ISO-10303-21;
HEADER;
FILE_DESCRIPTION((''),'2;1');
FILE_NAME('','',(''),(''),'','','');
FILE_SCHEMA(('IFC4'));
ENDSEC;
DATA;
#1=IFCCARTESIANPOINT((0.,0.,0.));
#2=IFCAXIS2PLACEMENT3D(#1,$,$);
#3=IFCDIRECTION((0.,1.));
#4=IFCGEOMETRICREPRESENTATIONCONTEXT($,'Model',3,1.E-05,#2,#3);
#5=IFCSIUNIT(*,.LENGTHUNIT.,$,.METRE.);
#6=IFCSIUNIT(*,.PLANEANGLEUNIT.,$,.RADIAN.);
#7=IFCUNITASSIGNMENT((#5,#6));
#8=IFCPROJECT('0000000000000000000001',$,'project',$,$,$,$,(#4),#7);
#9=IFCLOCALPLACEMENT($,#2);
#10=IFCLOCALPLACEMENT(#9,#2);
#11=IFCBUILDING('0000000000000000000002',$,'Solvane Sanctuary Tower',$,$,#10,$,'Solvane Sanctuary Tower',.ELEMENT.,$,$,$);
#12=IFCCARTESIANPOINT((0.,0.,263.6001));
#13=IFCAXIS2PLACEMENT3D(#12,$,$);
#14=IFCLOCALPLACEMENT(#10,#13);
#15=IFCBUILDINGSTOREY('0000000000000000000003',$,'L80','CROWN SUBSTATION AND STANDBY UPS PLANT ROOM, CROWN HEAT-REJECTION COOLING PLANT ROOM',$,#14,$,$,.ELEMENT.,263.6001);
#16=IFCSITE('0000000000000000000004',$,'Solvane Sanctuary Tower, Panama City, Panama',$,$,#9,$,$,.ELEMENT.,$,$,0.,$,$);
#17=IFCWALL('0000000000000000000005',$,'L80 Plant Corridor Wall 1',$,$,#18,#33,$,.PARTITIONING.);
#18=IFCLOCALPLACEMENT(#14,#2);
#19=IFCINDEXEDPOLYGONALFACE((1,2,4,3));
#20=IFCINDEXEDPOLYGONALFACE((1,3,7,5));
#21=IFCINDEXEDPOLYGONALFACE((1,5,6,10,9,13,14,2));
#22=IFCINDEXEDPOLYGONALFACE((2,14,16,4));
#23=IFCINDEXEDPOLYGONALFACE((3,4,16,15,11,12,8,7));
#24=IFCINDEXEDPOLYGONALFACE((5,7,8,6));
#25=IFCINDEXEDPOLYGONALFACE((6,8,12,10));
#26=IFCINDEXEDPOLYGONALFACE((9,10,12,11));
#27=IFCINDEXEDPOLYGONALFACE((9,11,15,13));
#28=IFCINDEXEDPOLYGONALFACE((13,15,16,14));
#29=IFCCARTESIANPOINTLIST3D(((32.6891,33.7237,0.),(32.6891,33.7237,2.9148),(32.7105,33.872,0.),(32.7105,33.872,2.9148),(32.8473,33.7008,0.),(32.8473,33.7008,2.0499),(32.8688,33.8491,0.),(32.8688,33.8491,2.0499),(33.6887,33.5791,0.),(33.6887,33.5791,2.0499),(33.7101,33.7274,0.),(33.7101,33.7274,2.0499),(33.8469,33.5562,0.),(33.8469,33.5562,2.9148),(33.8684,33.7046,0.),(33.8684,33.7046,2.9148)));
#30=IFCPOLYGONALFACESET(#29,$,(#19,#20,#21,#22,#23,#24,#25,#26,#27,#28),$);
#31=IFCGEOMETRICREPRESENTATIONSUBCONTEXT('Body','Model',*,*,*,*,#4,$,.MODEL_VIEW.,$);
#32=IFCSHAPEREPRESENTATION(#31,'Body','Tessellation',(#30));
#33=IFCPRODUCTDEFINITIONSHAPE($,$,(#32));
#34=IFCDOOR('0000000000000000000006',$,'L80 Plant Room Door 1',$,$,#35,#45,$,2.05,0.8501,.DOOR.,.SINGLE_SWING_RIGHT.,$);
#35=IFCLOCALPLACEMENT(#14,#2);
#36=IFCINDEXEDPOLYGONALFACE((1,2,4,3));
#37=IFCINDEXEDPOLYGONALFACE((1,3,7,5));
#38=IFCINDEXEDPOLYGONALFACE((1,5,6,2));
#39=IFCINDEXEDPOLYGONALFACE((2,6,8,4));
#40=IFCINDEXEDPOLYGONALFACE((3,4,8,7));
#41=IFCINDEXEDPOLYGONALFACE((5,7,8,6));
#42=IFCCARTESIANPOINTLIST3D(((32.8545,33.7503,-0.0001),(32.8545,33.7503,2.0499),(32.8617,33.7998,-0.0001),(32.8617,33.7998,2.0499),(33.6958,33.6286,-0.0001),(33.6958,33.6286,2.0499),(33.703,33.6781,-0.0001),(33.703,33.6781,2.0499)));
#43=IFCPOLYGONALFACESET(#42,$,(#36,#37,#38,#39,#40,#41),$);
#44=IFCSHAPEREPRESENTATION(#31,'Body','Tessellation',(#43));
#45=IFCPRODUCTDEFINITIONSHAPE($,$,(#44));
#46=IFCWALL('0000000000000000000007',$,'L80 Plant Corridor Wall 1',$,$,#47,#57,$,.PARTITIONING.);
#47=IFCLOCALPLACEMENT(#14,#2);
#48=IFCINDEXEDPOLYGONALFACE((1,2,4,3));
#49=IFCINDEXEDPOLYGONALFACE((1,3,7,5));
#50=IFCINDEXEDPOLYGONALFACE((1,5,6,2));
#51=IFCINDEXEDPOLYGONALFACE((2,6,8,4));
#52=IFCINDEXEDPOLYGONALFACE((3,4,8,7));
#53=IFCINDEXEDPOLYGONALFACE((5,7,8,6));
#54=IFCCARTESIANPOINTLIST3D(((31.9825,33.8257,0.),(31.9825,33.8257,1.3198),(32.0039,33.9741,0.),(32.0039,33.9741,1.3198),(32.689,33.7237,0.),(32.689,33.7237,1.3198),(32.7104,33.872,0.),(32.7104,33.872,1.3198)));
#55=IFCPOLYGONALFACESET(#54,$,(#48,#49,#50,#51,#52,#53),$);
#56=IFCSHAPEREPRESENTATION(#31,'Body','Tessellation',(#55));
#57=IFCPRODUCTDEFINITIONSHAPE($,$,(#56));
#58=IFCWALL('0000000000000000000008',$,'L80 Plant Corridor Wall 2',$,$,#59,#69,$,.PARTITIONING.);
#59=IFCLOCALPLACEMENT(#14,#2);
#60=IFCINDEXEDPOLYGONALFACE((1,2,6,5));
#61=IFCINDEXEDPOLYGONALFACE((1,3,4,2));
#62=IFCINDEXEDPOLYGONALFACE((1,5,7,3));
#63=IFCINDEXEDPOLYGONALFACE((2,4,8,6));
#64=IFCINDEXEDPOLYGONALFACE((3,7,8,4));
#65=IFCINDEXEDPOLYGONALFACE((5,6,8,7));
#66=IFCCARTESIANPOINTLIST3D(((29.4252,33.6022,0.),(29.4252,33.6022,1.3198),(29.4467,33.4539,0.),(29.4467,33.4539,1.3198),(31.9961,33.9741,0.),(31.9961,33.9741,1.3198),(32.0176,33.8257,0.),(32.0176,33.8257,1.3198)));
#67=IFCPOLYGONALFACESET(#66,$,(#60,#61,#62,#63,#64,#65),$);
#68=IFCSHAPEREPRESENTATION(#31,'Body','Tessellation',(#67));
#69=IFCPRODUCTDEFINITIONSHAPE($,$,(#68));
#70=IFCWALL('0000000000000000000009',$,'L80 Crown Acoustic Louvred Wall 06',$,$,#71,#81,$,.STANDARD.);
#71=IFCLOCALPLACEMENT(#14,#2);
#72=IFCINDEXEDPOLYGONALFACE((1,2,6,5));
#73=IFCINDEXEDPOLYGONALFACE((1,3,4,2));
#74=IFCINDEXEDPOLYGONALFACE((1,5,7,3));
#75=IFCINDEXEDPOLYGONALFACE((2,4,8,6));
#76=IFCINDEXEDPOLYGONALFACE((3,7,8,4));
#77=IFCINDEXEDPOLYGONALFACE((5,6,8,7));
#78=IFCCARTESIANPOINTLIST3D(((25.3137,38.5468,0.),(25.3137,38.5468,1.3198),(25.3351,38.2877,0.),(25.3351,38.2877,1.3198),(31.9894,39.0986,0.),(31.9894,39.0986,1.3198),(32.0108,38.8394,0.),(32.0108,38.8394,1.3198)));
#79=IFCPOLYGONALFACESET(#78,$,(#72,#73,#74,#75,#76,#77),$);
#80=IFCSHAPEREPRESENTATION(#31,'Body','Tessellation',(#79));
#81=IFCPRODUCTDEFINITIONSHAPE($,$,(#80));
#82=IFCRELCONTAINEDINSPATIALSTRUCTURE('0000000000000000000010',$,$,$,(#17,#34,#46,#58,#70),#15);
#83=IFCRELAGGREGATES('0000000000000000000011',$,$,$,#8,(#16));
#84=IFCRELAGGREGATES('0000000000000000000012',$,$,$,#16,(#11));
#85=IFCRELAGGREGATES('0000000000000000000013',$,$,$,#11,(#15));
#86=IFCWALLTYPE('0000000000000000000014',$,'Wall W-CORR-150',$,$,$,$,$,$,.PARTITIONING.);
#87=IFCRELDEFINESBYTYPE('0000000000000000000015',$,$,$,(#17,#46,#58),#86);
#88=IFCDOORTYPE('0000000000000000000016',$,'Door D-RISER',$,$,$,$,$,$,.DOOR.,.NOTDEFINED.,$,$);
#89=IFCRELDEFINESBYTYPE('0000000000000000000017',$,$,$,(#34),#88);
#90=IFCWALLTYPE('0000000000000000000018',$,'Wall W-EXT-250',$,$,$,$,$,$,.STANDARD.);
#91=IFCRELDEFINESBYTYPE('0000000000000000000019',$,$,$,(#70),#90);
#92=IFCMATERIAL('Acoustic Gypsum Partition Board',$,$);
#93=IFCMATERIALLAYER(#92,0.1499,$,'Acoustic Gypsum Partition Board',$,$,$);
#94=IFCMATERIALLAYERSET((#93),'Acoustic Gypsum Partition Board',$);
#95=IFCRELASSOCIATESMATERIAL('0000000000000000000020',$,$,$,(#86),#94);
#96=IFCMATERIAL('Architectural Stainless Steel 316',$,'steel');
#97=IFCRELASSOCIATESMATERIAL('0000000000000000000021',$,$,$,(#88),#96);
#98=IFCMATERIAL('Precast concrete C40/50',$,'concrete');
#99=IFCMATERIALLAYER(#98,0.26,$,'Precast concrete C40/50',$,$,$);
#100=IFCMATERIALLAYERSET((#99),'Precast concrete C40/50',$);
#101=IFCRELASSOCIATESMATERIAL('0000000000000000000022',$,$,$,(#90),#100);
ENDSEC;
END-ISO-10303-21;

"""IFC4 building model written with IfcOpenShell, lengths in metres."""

from ifc_helpers import new_model, si_unit, direction, frame, frame_2d, origin, place, context, subcontext, project, spatial, rectangle, extrude, material, layer, layer_set, type_object, element, fill, save


model = new_model("IFC4")

# Units and contexts
model_context = context("Model", 3, precision=1e-05, world=origin(), true_north=direction((0.0, 1.0)))
body_context = subcontext(model_context, "Body", "Model", "MODEL_VIEW")
ifc_project = project(units=[si_unit("LENGTHUNIT", "METRE"), si_unit("PLANEANGLEUNIT", "RADIAN")], contexts=[model_context])

# Site, building, storey
site_placement = place(None, origin())
site = spatial("IfcSite", under=ifc_project, at=site_placement, Name="Solvane Sanctuary Tower, Panama City, Panama", CompositionType="ELEMENT", RefElevation=0.0)
building_placement = place(site_placement, origin())
building = spatial("IfcBuilding", under=site, at=building_placement, Name="Solvane Sanctuary Tower", LongName="Solvane Sanctuary Tower", CompositionType="ELEMENT")
storey_placement = place(building_placement, frame((0.0, 0.0, 263.6001)))
storey = spatial("IfcBuildingStorey", under=building, at=storey_placement, Name="L80", Description="CROWN SUBSTATION AND STANDBY UPS PLANT ROOM, CROWN HEAT-REJECTION COOLING PLANT ROOM", CompositionType="ELEMENT", Elevation=263.6001)

# Shared definitions
ifc_material_1 = material(Name="Acoustic Gypsum Partition Board")
ifc_layer_1 = layer(ifc_material_1, 0.1499, Name="Acoustic Gypsum Partition Board")
ifc_layer_set_1 = layer_set([ifc_layer_1], Name="Acoustic Gypsum Partition Board")
wall_type_1 = type_object("IfcWallType", Name="Wall W-CORR-150", PredefinedType="PARTITIONING", material=ifc_layer_set_1)

# Wall, opening, door
wall_1_placement = place(storey_placement, frame((33.8577, 33.6304, 0.0), z_axis=(0.0, 0.0, 1.0), x_axis=(-0.989702, 0.143145, 0.0)))
wall_1 = element("IfcWall", 1, at=wall_1_placement, inside=storey, type_object=wall_type_1, Name="L80 Plant Corridor Wall 1", PredefinedType="PARTITIONING", context=body_context, shape_type="SweptSolid", body=[
    extrude(rectangle(XDim=1.1699, YDim=0.1499, at=frame_2d((0.585, 0.0))), origin(), (0.0, 0.0, 1.0), 2.9148),
])
opening_placement = place(wall_1_placement, frame((0.1599, 0.0, 0.0)))
opening = element("IfcOpeningElement", 2, at=opening_placement, cuts=wall_1, PredefinedType="OPENING", context=body_context, shape_type="SweptSolid", body=[
    extrude(rectangle(XDim=0.8501, YDim=2.05, at=frame_2d((0.425, 1.0249))), frame((0.0, 0.085, 0.0), z_axis=(0.0, -1.0, 0.0), x_axis=(1.0, 0.0, 0.0)), (0.0, 0.0, 1.0), 0.1699),
])
ifc_material_2 = material(Name="Architectural Stainless Steel 316", Category="steel")
door_type = type_object("IfcDoorType", Name="Door D-RISER", OperationType="NOTDEFINED", PredefinedType="DOOR", material=ifc_material_2)
door_placement = place(opening_placement, origin())
door = element("IfcDoor", 3, at=door_placement, inside=storey, type_object=door_type, Name="L80 Plant Room Door 1", OperationType="SINGLE_SWING_RIGHT", OverallHeight=2.05, OverallWidth=0.8501, PredefinedType="DOOR", context=body_context, shape_type="SweptSolid", body=[
    extrude(rectangle(XDim=0.8501, YDim=2.05, at=frame_2d((0.425, 1.0249))), frame((0.0, 0.0249, 0.0), z_axis=(0.0, -1.0, 0.0), x_axis=(1.0, 0.0, 0.0)), (0.0, 0.0, 1.0), 0.05),
])
fill(opening, door)

# Walls
wall_2_placement = place(storey_placement, frame((32.6997, 33.7979, 0.0), z_axis=(0.0, 0.0, 1.0), x_axis=(-0.989729, 0.142953, 0.0)))
element("IfcWall", 4, at=wall_2_placement, inside=storey, type_object=wall_type_1, Name="L80 Plant Corridor Wall 1", PredefinedType="PARTITIONING", context=body_context, shape_type="SweptSolid", body=[
    extrude(rectangle(XDim=0.7139, YDim=0.1499, at=frame_2d((0.3569, 0.0))), origin(), (0.0, 0.0, 1.0), 1.3198),
])
wall_3_placement = place(storey_placement, frame((32.0068, 33.8999, 0.0), z_axis=(0.0, 0.0, 1.0), x_axis=(-0.989702, -0.143145, 0.0)))
element("IfcWall", 5, at=wall_3_placement, inside=storey, type_object=wall_type_1, Name="L80 Plant Corridor Wall 2", PredefinedType="PARTITIONING", context=body_context, shape_type="SweptSolid", body=[
    extrude(rectangle(XDim=2.5977, YDim=0.1499, at=frame_2d((1.2988, 0.0))), origin(), (0.0, 0.0, 1.0), 1.3198),
])
ifc_material_3 = material(Name="Precast concrete C40/50", Category="concrete")
ifc_layer_2 = layer(ifc_material_3, 0.26, Name="Precast concrete C40/50")
ifc_layer_set_2 = layer_set([ifc_layer_2], Name="Precast concrete C40/50")
wall_type_2 = type_object("IfcWallType", Name="Wall W-EXT-250", PredefinedType="STANDARD", material=ifc_layer_set_2)
wall_4_placement = place(storey_placement, frame((32.0, 38.969, 0.0), z_axis=(0.0, 0.0, 1.0), x_axis=(-0.996602, -0.08237, 0.0)))
element("IfcWall", 6, at=wall_4_placement, inside=storey, type_object=wall_type_2, Name="L80 Crown Acoustic Louvred Wall 06", PredefinedType="STANDARD", context=body_context, shape_type="SweptSolid", body=[
    extrude(rectangle(XDim=6.6985, YDim=0.26, at=frame_2d((3.3491, 0.0))), origin(), (0.0, 0.0, 1.0), 1.3198),
])

save(model, "model.ifc")
